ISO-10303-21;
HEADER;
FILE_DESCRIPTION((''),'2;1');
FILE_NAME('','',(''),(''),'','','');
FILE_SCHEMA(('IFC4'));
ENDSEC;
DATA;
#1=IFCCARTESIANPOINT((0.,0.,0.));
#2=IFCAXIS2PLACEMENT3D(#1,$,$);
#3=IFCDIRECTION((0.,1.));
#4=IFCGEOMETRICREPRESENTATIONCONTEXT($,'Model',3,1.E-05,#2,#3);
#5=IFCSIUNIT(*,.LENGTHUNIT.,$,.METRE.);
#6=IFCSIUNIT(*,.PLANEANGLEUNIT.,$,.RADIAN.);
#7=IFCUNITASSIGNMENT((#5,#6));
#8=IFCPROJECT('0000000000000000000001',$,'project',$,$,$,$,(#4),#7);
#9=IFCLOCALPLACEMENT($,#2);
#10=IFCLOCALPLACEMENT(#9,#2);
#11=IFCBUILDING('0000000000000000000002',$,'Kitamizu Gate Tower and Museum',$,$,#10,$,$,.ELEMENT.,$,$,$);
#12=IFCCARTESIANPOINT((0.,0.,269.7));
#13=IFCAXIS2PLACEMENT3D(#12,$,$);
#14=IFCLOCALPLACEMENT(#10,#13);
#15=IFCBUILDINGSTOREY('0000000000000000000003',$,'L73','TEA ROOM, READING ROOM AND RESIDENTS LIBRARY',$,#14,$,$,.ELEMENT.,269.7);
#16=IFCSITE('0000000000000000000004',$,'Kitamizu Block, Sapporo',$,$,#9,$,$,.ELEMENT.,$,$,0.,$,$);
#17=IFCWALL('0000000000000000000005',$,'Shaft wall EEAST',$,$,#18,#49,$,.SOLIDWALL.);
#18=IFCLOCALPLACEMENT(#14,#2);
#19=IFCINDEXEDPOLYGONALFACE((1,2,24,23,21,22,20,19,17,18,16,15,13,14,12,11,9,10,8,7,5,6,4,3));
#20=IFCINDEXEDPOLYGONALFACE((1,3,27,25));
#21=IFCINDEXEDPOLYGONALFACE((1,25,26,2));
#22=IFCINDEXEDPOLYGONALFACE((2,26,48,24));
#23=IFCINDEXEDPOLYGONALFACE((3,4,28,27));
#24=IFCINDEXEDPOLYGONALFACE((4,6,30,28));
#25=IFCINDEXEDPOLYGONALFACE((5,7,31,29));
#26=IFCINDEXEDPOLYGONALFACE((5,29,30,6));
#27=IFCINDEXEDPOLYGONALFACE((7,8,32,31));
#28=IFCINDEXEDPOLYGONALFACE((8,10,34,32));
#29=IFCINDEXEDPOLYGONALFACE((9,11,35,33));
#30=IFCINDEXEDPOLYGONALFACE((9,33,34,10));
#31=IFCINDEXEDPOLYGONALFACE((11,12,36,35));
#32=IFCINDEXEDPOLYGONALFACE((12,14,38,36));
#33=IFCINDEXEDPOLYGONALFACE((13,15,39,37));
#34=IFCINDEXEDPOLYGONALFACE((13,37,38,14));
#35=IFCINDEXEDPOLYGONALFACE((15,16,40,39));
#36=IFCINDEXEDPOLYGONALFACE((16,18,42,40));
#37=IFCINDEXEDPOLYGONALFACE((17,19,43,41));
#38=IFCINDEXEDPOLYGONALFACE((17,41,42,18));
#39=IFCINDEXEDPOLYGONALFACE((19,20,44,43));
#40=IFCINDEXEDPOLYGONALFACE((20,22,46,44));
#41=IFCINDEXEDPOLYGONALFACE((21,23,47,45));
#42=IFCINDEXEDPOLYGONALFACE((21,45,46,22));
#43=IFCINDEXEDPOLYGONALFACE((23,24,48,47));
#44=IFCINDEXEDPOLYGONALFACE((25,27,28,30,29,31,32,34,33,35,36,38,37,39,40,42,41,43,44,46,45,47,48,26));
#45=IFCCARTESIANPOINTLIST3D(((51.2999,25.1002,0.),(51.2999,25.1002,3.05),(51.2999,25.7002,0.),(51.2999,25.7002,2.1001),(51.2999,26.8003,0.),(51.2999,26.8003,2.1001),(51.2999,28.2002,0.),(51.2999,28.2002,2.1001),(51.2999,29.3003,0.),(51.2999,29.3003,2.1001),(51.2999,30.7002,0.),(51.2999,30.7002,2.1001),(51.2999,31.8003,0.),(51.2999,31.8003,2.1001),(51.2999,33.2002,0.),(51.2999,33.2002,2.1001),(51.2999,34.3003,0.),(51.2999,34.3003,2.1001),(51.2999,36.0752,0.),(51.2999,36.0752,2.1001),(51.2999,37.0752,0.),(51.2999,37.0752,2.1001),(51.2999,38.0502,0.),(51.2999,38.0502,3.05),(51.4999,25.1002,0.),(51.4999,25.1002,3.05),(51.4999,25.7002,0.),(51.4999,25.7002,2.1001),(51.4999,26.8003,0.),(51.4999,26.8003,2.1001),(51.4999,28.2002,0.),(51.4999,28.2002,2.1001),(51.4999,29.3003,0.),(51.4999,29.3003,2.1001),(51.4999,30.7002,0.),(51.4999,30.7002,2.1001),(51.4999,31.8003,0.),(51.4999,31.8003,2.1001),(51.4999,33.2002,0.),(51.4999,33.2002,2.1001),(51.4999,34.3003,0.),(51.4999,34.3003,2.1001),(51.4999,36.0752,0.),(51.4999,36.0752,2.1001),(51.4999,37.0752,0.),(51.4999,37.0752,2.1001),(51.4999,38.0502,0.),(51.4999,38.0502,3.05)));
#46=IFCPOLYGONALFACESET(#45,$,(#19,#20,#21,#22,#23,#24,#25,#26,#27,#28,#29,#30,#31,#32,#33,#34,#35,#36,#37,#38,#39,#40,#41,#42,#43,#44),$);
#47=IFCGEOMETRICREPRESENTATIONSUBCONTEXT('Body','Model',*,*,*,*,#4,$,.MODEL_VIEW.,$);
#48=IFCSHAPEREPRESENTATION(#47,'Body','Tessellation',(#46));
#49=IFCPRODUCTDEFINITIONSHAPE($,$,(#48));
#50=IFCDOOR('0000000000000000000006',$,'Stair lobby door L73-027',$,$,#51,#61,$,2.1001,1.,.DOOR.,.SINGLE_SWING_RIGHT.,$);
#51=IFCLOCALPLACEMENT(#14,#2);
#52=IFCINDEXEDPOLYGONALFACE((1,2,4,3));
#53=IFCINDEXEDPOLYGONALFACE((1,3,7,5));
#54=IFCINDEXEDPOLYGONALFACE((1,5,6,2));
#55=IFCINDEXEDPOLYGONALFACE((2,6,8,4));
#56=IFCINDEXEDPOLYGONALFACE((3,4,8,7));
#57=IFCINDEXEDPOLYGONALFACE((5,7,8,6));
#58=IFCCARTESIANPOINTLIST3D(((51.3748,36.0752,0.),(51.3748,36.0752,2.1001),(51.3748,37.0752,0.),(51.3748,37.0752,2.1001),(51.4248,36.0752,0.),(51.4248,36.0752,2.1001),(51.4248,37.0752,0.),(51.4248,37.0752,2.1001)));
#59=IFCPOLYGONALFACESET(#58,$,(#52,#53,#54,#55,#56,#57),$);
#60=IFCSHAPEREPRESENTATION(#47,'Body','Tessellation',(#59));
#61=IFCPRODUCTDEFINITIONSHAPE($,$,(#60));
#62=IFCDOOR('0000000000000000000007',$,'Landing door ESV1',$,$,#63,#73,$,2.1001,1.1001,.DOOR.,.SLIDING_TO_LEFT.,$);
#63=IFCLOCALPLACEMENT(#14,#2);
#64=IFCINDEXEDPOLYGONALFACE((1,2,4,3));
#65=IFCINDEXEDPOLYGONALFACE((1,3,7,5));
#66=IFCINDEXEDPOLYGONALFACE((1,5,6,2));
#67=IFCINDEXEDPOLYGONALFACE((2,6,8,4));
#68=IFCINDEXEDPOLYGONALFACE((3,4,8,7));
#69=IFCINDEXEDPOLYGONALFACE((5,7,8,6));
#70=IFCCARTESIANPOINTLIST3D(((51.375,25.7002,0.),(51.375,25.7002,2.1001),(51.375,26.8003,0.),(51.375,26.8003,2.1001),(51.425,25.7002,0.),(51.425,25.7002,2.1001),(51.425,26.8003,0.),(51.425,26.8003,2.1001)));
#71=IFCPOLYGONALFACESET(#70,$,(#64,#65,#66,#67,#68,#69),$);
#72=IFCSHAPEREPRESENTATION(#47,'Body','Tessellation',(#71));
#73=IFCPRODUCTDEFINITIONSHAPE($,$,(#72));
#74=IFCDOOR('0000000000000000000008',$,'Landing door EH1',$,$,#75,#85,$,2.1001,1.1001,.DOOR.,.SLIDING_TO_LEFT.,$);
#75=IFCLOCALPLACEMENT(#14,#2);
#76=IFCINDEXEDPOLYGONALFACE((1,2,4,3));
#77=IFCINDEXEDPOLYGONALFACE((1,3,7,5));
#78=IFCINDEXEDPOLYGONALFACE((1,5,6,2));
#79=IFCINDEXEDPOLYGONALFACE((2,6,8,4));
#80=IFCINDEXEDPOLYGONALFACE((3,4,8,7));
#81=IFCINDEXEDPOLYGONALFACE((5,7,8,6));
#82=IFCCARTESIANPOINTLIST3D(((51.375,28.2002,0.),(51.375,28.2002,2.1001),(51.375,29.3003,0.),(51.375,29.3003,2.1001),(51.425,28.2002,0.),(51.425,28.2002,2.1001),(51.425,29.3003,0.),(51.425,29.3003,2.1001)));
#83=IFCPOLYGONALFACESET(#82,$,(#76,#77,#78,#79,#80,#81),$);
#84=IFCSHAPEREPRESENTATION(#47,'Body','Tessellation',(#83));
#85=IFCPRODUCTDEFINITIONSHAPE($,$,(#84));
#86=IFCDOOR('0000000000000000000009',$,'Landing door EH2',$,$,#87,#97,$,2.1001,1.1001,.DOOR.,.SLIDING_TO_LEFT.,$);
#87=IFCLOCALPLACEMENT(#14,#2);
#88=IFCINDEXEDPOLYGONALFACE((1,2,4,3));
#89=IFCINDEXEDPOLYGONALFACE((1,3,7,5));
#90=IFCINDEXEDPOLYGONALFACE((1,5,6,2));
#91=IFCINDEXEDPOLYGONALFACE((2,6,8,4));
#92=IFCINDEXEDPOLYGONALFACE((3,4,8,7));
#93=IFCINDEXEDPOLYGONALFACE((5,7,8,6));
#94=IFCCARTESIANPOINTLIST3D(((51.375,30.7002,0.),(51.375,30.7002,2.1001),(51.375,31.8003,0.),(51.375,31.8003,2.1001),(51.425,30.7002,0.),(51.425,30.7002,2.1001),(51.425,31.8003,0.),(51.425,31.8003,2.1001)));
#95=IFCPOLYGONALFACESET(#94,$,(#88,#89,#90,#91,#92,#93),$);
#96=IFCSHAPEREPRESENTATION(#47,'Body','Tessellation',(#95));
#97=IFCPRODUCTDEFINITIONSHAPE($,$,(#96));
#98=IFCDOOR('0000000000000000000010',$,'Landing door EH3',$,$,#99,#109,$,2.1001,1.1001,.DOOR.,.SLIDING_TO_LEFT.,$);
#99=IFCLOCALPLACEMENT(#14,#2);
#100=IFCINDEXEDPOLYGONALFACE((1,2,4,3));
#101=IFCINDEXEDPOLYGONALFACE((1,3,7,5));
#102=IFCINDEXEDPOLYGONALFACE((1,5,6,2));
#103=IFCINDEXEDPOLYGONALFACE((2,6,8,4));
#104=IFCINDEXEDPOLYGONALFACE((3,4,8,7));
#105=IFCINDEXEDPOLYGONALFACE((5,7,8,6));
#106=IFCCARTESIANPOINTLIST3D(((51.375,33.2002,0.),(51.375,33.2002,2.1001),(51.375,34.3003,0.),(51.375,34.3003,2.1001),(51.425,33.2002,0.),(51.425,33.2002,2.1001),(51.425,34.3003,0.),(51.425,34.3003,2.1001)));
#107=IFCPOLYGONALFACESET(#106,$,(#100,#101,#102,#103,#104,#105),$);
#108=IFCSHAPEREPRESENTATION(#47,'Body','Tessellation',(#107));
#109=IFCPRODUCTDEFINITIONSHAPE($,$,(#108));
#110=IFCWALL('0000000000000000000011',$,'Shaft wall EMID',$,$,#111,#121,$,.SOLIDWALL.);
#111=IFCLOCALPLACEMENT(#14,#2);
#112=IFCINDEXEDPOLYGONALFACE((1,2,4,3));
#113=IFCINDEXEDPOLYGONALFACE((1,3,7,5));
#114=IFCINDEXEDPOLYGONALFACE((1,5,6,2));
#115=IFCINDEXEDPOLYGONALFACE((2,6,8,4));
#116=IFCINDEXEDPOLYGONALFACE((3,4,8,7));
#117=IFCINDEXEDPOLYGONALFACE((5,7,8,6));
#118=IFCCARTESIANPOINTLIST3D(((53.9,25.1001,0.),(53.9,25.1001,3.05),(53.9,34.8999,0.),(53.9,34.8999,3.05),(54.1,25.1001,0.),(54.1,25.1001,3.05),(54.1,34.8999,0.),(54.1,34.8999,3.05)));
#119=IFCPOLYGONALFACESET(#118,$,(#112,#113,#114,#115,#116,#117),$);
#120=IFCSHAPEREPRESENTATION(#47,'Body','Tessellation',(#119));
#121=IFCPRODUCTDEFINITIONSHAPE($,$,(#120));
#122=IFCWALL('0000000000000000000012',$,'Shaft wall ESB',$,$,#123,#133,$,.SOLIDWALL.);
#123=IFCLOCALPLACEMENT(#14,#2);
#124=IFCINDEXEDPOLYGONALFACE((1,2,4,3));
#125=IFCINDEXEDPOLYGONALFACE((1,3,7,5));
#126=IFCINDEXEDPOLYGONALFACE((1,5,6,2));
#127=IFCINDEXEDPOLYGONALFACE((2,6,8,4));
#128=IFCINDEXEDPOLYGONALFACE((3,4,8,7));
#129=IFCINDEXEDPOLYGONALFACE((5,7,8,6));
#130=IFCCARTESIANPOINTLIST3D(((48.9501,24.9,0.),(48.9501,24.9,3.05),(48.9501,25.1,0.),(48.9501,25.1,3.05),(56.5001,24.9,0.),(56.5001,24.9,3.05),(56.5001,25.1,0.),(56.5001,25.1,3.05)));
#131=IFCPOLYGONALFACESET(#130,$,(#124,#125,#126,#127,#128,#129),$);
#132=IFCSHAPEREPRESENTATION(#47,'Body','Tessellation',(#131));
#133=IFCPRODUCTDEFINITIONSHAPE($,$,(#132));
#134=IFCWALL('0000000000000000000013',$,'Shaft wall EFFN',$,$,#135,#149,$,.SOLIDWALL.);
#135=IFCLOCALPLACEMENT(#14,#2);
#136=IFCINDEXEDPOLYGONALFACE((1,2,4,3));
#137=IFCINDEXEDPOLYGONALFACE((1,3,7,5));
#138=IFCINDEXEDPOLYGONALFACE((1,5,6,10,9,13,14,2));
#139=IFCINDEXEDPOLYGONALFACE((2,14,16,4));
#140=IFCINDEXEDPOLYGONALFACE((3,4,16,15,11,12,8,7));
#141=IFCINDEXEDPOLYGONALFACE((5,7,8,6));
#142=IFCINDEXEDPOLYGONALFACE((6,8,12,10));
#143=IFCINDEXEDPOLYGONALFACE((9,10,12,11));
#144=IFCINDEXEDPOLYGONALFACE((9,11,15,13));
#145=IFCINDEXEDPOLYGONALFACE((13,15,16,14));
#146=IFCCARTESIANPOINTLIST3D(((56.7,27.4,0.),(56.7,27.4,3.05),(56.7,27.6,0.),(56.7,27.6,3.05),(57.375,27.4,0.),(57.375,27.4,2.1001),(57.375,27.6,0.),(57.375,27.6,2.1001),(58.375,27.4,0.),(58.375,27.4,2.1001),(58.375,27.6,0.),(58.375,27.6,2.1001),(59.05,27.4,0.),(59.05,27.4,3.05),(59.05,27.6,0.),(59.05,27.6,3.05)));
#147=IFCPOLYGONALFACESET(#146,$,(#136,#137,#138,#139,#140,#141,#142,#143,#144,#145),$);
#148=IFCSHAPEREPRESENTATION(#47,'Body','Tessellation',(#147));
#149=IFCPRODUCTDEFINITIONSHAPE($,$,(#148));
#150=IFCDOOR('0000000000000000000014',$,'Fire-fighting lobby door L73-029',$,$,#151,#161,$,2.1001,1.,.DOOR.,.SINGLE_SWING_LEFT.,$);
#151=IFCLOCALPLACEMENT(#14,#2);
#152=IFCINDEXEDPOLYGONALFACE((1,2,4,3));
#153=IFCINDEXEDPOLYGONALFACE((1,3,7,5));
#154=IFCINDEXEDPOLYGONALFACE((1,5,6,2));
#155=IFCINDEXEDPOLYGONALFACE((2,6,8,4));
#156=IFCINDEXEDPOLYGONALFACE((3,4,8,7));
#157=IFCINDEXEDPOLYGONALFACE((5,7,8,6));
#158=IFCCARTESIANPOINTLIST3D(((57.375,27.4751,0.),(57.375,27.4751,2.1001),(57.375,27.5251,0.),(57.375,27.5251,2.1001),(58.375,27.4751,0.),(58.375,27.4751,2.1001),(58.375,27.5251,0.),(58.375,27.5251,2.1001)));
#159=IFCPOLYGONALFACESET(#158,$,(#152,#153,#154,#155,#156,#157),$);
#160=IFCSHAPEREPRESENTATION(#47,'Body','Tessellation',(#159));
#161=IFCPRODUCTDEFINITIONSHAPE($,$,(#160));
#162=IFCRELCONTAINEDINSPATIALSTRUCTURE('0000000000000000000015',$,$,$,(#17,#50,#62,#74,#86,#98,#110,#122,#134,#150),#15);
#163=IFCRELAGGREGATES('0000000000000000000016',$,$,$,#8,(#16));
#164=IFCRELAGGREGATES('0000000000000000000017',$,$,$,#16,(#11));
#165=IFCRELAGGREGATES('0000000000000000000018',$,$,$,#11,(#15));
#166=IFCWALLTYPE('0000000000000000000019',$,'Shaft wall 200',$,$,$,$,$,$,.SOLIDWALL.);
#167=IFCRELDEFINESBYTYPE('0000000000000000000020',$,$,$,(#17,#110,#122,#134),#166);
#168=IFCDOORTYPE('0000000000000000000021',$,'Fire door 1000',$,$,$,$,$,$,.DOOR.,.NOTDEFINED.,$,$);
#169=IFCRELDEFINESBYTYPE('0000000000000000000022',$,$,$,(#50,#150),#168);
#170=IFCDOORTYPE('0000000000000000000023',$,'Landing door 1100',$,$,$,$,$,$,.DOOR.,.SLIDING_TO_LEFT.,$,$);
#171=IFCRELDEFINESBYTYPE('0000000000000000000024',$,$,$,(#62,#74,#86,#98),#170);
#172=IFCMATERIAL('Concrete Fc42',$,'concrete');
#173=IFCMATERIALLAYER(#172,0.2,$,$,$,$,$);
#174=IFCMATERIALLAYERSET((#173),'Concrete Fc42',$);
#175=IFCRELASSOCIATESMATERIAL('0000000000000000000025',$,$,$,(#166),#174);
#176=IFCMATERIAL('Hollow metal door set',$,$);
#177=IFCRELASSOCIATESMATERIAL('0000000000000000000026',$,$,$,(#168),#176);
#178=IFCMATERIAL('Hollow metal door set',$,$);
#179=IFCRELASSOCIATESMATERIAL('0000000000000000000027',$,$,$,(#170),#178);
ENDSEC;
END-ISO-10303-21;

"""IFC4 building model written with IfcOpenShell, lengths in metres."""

from ifc_helpers import new_model, si_unit, direction, frame, frame_2d, origin, place, context, subcontext, project, spatial, rectangle, extrude, material, layer, layer_set, type_object, element, fill, save


model = new_model("IFC4")

# Units and contexts
model_context = context("Model", 3, precision=1e-05, world=origin(), true_north=direction((0.0, 1.0)))
body_context = subcontext(model_context, "Body", "Model", "MODEL_VIEW")
ifc_project = project(units=[si_unit("LENGTHUNIT", "METRE"), si_unit("PLANEANGLEUNIT", "RADIAN")], contexts=[model_context])

# Site, building, storey
site_placement = place(None, origin())
site = spatial("IfcSite", under=ifc_project, at=site_placement, Name="Kitamizu Block, Sapporo", CompositionType="ELEMENT", RefElevation=0.0)
building_placement = place(site_placement, origin())
building = spatial("IfcBuilding", under=site, at=building_placement, Name="Kitamizu Gate Tower and Museum", CompositionType="ELEMENT")
storey_placement = place(building_placement, frame((0.0, 0.0, 269.7)))
storey = spatial("IfcBuildingStorey", under=building, at=storey_placement, Name="L73", Description="TEA ROOM, READING ROOM AND RESIDENTS LIBRARY", CompositionType="ELEMENT", Elevation=269.7)

# Wall, openings, doors
ifc_material_1 = material(Name="Concrete Fc42", Category="concrete")
ifc_layer = layer(ifc_material_1, 0.2)
ifc_layer_set = layer_set([ifc_layer], Name="Concrete Fc42")
wall_type = type_object("IfcWallType", Name="Shaft wall 200", PredefinedType="SOLIDWALL", material=ifc_layer_set)
wall_1_placement = place(storey_placement, frame((51.3999, 25.1001, 0.0), z_axis=(0.0, 0.0, 1.0), x_axis=(0.0, 1.0, 0.0)))
wall_1 = element("IfcWall", 1, at=wall_1_placement, inside=storey, type_object=wall_type, Name="Shaft wall EEAST", PredefinedType="SOLIDWALL", context=body_context, shape_type="SweptSolid", body=[
    extrude(rectangle(XDim=12.95, YDim=0.2, at=frame_2d((6.4751, 0.0))), origin(), (0.0, 0.0, 1.0), 3.05),
])
opening_1_placement = place(wall_1_placement, frame((0.6001, 0.0, 0.0)))
opening_1 = element("IfcOpeningElement", 2, at=opening_1_placement, cuts=wall_1, PredefinedType="OPENING", context=body_context, shape_type="SweptSolid", body=[
    extrude(rectangle(XDim=1.1001, YDim=2.1001, at=frame_2d((0.55, 1.05))), frame((0.0, 0.1099, 0.0), z_axis=(0.0, -1.0, 0.0), x_axis=(1.0, 0.0, 0.0)), (0.0, 0.0, 1.0), 0.22),
])
opening_2_placement = place(wall_1_placement, frame((3.1001, 0.0, 0.0)))
opening_2 = element("IfcOpeningElement", 3, at=opening_2_placement, cuts=wall_1, PredefinedType="OPENING", context=body_context, shape_type="SweptSolid", body=[
    extrude(rectangle(XDim=1.1001, YDim=2.1001, at=frame_2d((0.55, 1.05))), frame((0.0, 0.1099, 0.0), z_axis=(0.0, -1.0, 0.0), x_axis=(1.0, 0.0, 0.0)), (0.0, 0.0, 1.0), 0.22),
])
opening_3_placement = place(wall_1_placement, frame((5.6001, 0.0, 0.0)))
opening_3 = element("IfcOpeningElement", 4, at=opening_3_placement, cuts=wall_1, PredefinedType="OPENING", context=body_context, shape_type="SweptSolid", body=[
    extrude(rectangle(XDim=1.1001, YDim=2.1001, at=frame_2d((0.55, 1.05))), frame((0.0, 0.1099, 0.0), z_axis=(0.0, -1.0, 0.0), x_axis=(1.0, 0.0, 0.0)), (0.0, 0.0, 1.0), 0.22),
])
opening_4_placement = place(wall_1_placement, frame((8.1001, 0.0, 0.0)))
opening_4 = element("IfcOpeningElement", 5, at=opening_4_placement, cuts=wall_1, PredefinedType="OPENING", context=body_context, shape_type="SweptSolid", body=[
    extrude(rectangle(XDim=1.1001, YDim=2.1001, at=frame_2d((0.55, 1.05))), frame((0.0, 0.1099, 0.0), z_axis=(0.0, -1.0, 0.0), x_axis=(1.0, 0.0, 0.0)), (0.0, 0.0, 1.0), 0.22),
])
opening_5_placement = place(wall_1_placement, frame((10.9751, 0.0, 0.0)))
opening_5 = element("IfcOpeningElement", 6, at=opening_5_placement, cuts=wall_1, PredefinedType="OPENING", context=body_context, shape_type="SweptSolid", body=[
    extrude(rectangle(XDim=1.0, YDim=2.1001, at=frame_2d((0.5, 1.05))), frame((0.0, 0.1099, 0.0), z_axis=(0.0, -1.0, 0.0), x_axis=(1.0, 0.0, 0.0)), (0.0, 0.0, 1.0), 0.22),
])
ifc_material_2 = material(Name="Hollow metal door set")
door_type_1 = type_object("IfcDoorType", Name="Fire door 1000", OperationType="NOTDEFINED", PredefinedType="DOOR", material=ifc_material_2)
door_1_placement = place(opening_5_placement, frame((1.0, 0.0, 0.0), x_axis=(-1.0, 0.0, 0.0)))
door_1 = element("IfcDoor", 7, at=door_1_placement, inside=storey, type_object=door_type_1, Name="Stair lobby door L73-027", OperationType="SINGLE_SWING_RIGHT", OverallHeight=2.1001, OverallWidth=1.0, PredefinedType="DOOR", context=body_context, shape_type="SweptSolid", body=[
    extrude(rectangle(XDim=1.0, YDim=2.1001, at=frame_2d((0.5, 1.05))), frame((0.0, 0.0249, 0.0), z_axis=(0.0, -1.0, 0.0), x_axis=(1.0, 0.0, 0.0)), (0.0, 0.0, 1.0), 0.05),
])
fill(opening_5, door_1)
ifc_material_3 = material(Name="Hollow metal door set")
door_type_2 = type_object("IfcDoorType", Name="Landing door 1100", OperationType="SLIDING_TO_LEFT", PredefinedType="DOOR", material=ifc_material_3)
door_2_placement = place(opening_1_placement, origin())
door_2 = element("IfcDoor", 8, at=door_2_placement, inside=storey, type_object=door_type_2, Name="Landing door ESV1", OperationType="SLIDING_TO_LEFT", OverallHeight=2.1001, OverallWidth=1.1001, PredefinedType="DOOR", context=body_context, shape_type="SweptSolid", body=[
    extrude(rectangle(XDim=1.1001, YDim=2.1001, at=frame_2d((0.55, 1.05))), frame((0.0, 0.0249, 0.0), z_axis=(0.0, -1.0, 0.0), x_axis=(1.0, 0.0, 0.0)), (0.0, 0.0, 1.0), 0.05),
])
fill(opening_1, door_2)
door_3_placement = place(opening_2_placement, origin())
door_3 = element("IfcDoor", 9, at=door_3_placement, inside=storey, type_object=door_type_2, Name="Landing door EH1", OperationType="SLIDING_TO_LEFT", OverallHeight=2.1001, OverallWidth=1.1001, PredefinedType="DOOR", context=body_context, shape_type="SweptSolid", body=[
    extrude(rectangle(XDim=1.1001, YDim=2.1001, at=frame_2d((0.55, 1.05))), frame((0.0, 0.0249, 0.0), z_axis=(0.0, -1.0, 0.0), x_axis=(1.0, 0.0, 0.0)), (0.0, 0.0, 1.0), 0.05),
])
fill(opening_2, door_3)
door_4_placement = place(opening_3_placement, origin())
door_4 = element("IfcDoor", 10, at=door_4_placement, inside=storey, type_object=door_type_2, Name="Landing door EH2", OperationType="SLIDING_TO_LEFT", OverallHeight=2.1001, OverallWidth=1.1001, PredefinedType="DOOR", context=body_context, shape_type="SweptSolid", body=[
    extrude(rectangle(XDim=1.1001, YDim=2.1001, at=frame_2d((0.55, 1.05))), frame((0.0, 0.0249, 0.0), z_axis=(0.0, -1.0, 0.0), x_axis=(1.0, 0.0, 0.0)), (0.0, 0.0, 1.0), 0.05),
])
fill(opening_3, door_4)
door_5_placement = place(opening_4_placement, origin())
door_5 = element("IfcDoor", 11, at=door_5_placement, inside=storey, type_object=door_type_2, Name="Landing door EH3", OperationType="SLIDING_TO_LEFT", OverallHeight=2.1001, OverallWidth=1.1001, PredefinedType="DOOR", context=body_context, shape_type="SweptSolid", body=[
    extrude(rectangle(XDim=1.1001, YDim=2.1001, at=frame_2d((0.55, 1.05))), frame((0.0, 0.0249, 0.0), z_axis=(0.0, -1.0, 0.0), x_axis=(1.0, 0.0, 0.0)), (0.0, 0.0, 1.0), 0.05),
])
fill(opening_4, door_5)

# Walls
wall_2_placement = place(storey_placement, frame((54.0, 25.1001, 0.0), z_axis=(0.0, 0.0, 1.0), x_axis=(0.0, 1.0, 0.0)))
element("IfcWall", 12, at=wall_2_placement, inside=storey, type_object=wall_type, Name="Shaft wall EMID", PredefinedType="SOLIDWALL", context=body_context, shape_type="SweptSolid", body=[
    extrude(rectangle(XDim=9.7998, YDim=0.2, at=frame_2d((4.8999, 0.0))), origin(), (0.0, 0.0, 1.0), 3.05),
])
wall_3_placement = place(storey_placement, frame((56.5, 25.0, 0.0), z_axis=(0.0, 0.0, 1.0), x_axis=(-1.0, 0.0, 0.0)))
element("IfcWall", 13, at=wall_3_placement, inside=storey, type_object=wall_type, Name="Shaft wall ESB", PredefinedType="SOLIDWALL", context=body_context, shape_type="SweptSolid", body=[
    extrude(rectangle(XDim=7.55, YDim=0.2, at=frame_2d((3.7749, 0.0))), origin(), (0.0, 0.0, 1.0), 3.05),
])

# Wall, opening, door
wall_4_placement = place(storey_placement, frame((59.05, 27.5, 0.0), z_axis=(0.0, 0.0, 1.0), x_axis=(-1.0, 0.0, 0.0)))
wall_4 = element("IfcWall", 14, at=wall_4_placement, inside=storey, type_object=wall_type, Name="Shaft wall EFFN", PredefinedType="SOLIDWALL", context=body_context, shape_type="SweptSolid", body=[
    extrude(rectangle(XDim=2.3501, YDim=0.2, at=frame_2d((1.175, 0.0))), origin(), (0.0, 0.0, 1.0), 3.05),
])
opening_6_placement = place(wall_4_placement, frame((0.675, 0.0, 0.0)))
opening_6 = element("IfcOpeningElement", 15, at=opening_6_placement, cuts=wall_4, PredefinedType="OPENING", context=body_context, shape_type="SweptSolid", body=[
    extrude(rectangle(XDim=1.0, YDim=2.1001, at=frame_2d((0.5, 1.05))), frame((0.0, 0.1099, 0.0), z_axis=(0.0, -1.0, 0.0), x_axis=(1.0, 0.0, 0.0)), (0.0, 0.0, 1.0), 0.22),
])
door_6_placement = place(opening_6_placement, origin())
door_6 = element("IfcDoor", 16, at=door_6_placement, inside=storey, type_object=door_type_1, Name="Fire-fighting lobby door L73-029", OperationType="SINGLE_SWING_LEFT", OverallHeight=2.1001, OverallWidth=1.0, PredefinedType="DOOR", context=body_context, shape_type="SweptSolid", body=[
    extrude(rectangle(XDim=1.0, YDim=2.1001, at=frame_2d((0.5, 1.05))), frame((0.0, 0.0249, 0.0), z_axis=(0.0, -1.0, 0.0), x_axis=(1.0, 0.0, 0.0)), (0.0, 0.0, 1.0), 0.05),
])
fill(opening_6, door_6)

save(model, "model.ifc")
